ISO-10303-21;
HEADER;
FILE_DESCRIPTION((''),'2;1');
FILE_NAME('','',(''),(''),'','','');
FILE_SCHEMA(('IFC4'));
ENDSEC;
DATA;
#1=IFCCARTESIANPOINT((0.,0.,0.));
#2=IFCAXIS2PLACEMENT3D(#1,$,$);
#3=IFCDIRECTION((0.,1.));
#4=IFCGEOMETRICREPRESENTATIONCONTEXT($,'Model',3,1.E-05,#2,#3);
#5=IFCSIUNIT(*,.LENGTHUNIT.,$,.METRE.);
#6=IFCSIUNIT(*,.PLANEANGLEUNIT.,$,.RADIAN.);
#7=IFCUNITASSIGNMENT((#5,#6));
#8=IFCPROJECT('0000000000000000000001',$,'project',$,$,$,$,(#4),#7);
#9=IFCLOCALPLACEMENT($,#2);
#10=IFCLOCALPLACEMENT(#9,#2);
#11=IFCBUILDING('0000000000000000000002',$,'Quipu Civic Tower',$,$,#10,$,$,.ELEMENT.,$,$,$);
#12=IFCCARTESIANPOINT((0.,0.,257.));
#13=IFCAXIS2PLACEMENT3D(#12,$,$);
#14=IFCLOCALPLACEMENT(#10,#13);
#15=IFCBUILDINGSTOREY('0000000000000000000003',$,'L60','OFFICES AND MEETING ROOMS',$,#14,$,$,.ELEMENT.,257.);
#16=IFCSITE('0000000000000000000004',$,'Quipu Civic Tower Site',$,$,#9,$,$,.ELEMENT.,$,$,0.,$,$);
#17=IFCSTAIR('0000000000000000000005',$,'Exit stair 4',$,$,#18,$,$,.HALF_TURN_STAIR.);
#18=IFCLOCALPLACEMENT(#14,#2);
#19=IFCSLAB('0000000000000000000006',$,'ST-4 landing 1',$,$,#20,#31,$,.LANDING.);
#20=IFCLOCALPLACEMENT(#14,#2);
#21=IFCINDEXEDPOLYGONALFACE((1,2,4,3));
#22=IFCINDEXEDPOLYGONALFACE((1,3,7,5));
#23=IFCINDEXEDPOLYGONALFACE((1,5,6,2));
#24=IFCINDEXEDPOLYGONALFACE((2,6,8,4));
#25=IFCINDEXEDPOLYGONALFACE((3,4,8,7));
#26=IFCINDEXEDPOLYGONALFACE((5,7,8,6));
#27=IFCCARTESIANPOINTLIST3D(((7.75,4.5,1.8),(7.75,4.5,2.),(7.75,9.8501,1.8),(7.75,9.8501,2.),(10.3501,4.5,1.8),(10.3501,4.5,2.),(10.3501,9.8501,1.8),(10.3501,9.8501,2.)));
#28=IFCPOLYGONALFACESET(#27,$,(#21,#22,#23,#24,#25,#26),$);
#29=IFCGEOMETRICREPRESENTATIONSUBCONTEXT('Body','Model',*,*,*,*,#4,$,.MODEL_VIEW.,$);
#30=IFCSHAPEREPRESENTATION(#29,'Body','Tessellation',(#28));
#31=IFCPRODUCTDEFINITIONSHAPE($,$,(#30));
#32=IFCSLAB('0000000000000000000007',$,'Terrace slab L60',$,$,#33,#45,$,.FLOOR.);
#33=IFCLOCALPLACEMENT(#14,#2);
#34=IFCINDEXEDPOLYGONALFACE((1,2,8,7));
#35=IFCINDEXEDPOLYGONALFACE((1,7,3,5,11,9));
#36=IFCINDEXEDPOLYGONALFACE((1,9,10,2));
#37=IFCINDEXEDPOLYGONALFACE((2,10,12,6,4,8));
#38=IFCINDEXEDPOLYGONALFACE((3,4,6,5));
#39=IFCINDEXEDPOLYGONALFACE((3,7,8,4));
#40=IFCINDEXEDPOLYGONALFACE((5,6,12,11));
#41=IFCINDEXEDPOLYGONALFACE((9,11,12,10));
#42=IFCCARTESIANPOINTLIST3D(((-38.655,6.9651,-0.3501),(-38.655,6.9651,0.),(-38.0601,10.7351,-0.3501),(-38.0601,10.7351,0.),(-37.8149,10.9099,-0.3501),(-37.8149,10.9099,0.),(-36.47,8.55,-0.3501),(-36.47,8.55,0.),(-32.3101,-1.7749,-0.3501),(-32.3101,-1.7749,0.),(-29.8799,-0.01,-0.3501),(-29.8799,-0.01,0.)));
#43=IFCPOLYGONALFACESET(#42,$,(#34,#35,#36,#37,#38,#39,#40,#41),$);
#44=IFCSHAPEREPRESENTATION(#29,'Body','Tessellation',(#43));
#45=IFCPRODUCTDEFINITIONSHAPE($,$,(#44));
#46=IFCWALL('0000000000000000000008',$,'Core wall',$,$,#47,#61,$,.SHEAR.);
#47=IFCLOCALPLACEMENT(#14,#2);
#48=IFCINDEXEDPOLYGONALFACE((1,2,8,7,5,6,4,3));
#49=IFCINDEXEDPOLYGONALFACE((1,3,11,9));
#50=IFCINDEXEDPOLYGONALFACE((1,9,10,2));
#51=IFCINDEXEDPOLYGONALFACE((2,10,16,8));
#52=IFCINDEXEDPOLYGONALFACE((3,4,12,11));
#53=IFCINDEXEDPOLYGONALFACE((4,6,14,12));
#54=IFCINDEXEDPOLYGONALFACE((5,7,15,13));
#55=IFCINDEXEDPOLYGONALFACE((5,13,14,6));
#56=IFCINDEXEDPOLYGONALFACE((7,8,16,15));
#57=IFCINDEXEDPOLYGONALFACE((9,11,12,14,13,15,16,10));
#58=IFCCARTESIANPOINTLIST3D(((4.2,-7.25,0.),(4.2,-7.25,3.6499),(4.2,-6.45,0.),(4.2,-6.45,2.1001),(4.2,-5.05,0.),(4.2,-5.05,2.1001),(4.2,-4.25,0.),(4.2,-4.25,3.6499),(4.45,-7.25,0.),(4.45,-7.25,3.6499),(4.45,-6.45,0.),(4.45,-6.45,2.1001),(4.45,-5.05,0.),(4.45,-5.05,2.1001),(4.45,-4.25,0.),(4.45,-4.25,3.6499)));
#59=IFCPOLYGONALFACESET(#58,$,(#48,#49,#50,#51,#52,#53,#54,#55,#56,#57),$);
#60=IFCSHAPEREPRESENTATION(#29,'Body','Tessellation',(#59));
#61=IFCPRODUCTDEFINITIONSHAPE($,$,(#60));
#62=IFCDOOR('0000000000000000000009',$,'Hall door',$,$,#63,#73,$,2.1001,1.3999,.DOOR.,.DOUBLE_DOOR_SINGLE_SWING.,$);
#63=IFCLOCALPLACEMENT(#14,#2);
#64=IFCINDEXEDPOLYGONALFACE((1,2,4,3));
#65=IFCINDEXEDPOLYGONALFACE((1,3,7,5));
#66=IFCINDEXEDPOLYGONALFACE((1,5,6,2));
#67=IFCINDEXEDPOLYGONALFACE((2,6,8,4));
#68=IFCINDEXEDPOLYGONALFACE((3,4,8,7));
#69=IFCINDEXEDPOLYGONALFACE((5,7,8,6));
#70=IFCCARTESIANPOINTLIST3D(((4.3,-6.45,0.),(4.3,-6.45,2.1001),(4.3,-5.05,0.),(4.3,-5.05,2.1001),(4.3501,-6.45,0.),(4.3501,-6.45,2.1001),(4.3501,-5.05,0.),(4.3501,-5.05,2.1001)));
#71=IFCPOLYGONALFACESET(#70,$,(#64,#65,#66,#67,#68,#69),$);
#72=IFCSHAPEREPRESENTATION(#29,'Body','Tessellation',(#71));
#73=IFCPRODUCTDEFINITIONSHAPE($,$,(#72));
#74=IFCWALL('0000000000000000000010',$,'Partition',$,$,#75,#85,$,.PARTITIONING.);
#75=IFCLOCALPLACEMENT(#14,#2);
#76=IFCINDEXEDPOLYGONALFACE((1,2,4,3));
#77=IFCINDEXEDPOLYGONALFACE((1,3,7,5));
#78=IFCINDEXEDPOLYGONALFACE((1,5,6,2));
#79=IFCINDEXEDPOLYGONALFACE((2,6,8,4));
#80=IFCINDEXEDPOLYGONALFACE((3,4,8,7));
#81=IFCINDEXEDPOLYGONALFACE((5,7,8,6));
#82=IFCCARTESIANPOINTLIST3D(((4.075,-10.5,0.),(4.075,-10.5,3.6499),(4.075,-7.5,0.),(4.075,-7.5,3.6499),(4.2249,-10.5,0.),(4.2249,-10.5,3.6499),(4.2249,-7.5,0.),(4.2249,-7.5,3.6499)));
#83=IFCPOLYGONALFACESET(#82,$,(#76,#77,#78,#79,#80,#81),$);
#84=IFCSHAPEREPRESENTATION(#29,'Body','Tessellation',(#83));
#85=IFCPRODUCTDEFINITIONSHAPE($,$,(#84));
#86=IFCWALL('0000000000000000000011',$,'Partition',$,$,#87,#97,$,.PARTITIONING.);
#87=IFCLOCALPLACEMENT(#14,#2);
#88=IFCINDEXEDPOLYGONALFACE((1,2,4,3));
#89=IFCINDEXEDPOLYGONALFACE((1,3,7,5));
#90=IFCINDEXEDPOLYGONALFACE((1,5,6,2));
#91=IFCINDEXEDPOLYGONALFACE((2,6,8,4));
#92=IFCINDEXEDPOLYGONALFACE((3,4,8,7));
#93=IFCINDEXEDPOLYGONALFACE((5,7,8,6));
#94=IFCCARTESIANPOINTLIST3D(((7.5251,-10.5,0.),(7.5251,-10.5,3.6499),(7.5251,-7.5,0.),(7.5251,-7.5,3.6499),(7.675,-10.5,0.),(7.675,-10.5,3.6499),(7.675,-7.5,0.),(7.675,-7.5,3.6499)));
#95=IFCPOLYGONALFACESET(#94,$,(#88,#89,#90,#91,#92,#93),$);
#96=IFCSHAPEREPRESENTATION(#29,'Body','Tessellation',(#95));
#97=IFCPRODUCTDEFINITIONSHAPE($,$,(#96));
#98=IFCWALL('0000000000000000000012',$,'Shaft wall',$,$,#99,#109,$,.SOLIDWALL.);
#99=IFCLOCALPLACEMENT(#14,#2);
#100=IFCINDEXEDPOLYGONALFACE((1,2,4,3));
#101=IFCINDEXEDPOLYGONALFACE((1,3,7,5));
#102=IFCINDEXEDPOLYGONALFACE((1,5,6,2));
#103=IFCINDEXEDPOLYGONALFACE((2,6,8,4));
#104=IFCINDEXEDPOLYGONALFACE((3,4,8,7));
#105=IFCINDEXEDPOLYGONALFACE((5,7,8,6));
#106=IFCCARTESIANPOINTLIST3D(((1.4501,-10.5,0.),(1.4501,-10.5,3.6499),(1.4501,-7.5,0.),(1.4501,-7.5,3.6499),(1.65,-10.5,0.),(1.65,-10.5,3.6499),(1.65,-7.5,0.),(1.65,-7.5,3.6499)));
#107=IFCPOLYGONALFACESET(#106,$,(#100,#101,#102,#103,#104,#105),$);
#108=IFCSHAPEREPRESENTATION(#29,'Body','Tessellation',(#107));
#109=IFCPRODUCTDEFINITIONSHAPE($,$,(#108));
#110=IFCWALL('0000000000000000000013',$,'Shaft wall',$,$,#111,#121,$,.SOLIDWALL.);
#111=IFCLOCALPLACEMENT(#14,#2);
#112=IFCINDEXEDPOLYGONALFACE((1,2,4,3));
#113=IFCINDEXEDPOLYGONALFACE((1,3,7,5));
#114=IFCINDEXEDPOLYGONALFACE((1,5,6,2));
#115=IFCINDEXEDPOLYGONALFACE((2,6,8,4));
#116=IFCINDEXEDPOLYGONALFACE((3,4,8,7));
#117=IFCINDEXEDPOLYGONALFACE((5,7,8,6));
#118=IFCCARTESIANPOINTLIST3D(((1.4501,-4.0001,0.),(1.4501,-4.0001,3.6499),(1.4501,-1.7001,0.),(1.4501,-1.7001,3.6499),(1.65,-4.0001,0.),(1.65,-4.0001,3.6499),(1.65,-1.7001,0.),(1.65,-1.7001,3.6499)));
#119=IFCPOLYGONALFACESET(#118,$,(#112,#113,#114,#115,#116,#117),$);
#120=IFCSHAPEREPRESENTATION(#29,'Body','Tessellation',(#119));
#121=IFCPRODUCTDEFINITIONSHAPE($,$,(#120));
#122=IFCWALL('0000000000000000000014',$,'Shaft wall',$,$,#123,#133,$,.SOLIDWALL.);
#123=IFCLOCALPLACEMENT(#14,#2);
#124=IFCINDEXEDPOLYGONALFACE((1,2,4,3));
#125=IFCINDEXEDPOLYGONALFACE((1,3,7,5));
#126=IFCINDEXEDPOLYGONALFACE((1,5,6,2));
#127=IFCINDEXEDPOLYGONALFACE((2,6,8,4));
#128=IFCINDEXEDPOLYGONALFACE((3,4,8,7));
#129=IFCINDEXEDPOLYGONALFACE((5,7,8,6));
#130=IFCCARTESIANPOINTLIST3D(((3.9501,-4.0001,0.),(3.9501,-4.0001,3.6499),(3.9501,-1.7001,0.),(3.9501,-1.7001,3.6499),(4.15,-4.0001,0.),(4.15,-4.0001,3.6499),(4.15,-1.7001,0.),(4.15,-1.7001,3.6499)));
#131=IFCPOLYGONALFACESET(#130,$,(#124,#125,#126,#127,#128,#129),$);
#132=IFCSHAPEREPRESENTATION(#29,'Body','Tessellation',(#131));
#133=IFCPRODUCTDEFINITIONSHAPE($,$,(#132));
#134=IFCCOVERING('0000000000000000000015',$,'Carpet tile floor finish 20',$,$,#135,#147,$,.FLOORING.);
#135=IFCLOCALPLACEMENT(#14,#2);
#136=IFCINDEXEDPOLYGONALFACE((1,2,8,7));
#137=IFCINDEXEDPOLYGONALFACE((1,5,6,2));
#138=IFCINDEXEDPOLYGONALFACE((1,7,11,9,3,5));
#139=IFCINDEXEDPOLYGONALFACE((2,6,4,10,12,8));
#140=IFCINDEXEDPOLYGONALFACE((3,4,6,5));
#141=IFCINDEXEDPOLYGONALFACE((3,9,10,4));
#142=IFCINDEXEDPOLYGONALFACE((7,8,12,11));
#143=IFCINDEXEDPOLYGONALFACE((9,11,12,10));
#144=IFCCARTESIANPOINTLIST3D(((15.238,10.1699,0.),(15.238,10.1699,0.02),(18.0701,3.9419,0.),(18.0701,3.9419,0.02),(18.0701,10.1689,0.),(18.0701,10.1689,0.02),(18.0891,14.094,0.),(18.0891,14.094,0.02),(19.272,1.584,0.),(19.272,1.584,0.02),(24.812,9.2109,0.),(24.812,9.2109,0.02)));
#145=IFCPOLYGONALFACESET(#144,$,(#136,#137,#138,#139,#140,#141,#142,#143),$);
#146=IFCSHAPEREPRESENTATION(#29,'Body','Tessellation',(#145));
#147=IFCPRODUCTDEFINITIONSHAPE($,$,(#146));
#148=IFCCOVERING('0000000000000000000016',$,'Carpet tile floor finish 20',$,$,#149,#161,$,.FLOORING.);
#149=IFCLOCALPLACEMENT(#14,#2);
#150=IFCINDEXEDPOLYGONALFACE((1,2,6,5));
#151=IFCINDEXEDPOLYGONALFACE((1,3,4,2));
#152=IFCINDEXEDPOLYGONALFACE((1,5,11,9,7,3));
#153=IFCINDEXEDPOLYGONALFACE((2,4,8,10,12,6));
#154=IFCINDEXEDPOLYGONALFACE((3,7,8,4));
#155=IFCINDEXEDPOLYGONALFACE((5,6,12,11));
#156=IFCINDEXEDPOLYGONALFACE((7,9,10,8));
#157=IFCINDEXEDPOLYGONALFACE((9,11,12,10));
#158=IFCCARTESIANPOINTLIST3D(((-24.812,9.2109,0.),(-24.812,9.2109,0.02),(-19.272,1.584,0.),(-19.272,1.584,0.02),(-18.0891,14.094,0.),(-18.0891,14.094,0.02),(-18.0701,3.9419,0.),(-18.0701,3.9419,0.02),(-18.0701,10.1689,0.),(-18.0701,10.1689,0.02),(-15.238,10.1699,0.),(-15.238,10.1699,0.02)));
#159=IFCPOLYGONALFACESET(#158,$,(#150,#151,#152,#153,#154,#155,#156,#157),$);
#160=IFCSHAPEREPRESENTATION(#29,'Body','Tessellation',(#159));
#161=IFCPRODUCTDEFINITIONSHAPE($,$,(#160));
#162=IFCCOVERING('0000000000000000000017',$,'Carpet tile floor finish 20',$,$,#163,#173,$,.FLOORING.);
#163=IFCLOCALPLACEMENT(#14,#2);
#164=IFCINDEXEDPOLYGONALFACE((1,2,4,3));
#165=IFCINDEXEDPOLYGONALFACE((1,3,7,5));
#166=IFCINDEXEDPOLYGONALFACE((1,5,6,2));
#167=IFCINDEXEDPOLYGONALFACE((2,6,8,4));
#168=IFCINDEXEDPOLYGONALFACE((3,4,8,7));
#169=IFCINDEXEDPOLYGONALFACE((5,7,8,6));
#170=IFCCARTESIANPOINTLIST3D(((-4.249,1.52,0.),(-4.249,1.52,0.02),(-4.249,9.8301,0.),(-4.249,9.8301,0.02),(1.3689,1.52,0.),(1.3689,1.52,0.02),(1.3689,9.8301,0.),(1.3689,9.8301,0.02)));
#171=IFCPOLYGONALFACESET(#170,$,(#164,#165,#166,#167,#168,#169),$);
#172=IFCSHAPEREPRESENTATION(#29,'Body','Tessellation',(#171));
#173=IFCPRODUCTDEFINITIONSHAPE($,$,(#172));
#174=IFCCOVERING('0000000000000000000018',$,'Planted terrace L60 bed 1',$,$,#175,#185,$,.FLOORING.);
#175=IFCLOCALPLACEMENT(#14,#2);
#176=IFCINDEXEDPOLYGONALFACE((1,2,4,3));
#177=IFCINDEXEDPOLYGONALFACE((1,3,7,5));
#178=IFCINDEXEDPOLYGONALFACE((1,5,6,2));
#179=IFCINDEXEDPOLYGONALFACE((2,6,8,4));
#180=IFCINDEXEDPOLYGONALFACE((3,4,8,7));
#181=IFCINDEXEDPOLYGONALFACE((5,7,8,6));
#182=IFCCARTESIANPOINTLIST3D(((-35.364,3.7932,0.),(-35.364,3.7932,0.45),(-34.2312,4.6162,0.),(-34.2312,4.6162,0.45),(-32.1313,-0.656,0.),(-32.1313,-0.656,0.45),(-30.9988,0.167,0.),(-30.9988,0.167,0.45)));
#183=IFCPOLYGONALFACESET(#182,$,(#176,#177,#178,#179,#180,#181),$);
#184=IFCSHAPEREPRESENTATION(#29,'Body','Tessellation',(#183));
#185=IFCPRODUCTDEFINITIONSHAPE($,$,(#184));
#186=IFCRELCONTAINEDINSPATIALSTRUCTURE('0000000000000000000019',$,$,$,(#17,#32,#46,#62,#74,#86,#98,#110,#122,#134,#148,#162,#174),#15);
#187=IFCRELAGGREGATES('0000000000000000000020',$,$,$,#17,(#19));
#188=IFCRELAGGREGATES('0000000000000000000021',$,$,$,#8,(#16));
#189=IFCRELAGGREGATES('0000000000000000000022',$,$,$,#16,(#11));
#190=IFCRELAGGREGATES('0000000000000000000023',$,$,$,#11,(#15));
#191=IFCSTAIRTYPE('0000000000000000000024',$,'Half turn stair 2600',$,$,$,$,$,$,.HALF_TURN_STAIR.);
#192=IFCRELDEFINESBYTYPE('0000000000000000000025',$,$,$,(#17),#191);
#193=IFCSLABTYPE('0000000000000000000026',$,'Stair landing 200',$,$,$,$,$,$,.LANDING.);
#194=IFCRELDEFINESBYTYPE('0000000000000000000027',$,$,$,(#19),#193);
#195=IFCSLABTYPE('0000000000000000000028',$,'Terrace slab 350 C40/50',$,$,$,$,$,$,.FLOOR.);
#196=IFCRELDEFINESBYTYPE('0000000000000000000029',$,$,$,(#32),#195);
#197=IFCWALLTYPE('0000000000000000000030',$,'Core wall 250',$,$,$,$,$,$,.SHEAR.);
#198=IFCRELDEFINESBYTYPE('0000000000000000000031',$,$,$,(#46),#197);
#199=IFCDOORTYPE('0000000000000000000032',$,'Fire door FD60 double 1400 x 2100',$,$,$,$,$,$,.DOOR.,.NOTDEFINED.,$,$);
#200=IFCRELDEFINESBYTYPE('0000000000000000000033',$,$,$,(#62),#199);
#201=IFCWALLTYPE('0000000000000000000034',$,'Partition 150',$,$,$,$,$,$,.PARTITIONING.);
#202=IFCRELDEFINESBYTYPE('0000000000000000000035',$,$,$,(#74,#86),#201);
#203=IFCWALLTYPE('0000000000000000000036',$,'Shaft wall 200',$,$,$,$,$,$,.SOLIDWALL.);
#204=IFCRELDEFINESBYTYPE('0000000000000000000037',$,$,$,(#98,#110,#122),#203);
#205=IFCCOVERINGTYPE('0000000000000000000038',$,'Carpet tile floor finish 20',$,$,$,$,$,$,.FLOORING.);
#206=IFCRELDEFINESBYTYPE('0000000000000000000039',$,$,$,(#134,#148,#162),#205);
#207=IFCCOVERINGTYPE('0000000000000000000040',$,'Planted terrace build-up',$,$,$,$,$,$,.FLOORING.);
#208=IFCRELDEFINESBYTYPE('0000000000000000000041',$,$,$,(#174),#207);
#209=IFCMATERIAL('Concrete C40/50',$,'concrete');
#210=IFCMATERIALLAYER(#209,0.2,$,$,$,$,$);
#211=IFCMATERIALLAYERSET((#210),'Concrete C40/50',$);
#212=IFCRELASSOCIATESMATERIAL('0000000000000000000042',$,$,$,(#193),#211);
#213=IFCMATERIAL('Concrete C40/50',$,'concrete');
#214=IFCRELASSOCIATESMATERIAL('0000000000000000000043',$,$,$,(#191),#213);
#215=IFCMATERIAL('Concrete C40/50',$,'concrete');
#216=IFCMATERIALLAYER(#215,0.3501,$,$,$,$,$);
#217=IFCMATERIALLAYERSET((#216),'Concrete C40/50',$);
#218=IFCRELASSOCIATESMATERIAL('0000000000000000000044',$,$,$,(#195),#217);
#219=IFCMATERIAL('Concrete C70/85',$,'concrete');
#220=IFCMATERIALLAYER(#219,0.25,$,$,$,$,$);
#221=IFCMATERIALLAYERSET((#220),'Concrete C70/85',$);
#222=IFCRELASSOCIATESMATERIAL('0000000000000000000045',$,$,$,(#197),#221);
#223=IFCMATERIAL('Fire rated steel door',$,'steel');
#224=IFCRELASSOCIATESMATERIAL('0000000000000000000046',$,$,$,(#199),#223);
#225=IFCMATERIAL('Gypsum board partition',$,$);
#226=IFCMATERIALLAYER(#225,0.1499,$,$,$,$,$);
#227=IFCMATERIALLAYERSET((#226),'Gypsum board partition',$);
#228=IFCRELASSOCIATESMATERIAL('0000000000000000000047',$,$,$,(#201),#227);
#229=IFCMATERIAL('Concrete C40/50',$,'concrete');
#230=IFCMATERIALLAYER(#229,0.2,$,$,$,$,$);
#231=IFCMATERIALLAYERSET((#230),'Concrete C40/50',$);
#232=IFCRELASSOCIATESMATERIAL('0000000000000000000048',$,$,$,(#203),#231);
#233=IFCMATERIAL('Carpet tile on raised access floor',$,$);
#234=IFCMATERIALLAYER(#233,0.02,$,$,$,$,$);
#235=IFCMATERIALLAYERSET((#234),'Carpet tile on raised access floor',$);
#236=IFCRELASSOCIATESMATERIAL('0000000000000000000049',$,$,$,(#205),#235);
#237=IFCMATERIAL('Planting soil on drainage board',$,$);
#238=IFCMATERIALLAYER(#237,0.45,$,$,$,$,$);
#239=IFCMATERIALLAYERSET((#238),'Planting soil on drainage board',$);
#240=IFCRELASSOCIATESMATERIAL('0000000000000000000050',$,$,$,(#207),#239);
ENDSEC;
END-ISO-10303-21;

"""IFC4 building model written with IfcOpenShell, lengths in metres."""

from ifc_helpers import new_model, si_unit, direction, frame, frame_2d, origin, place, context, subcontext, project, spatial, polyline, rectangle, outline, extrude, material, layer, layer_set, type_object, element, fill, aggregate, save


model = new_model("IFC4")

# Units and contexts
model_context = context("Model", 3, precision=1e-05, world=origin(), true_north=direction((0.0, 1.0)))
body_context = subcontext(model_context, "Body", "Model", "MODEL_VIEW")
ifc_project = project(units=[si_unit("LENGTHUNIT", "METRE"), si_unit("PLANEANGLEUNIT", "RADIAN")], contexts=[model_context])

# Site, building, storey
site_placement = place(None, origin())
site = spatial("IfcSite", under=ifc_project, at=site_placement, Name="Quipu Civic Tower Site", CompositionType="ELEMENT", RefElevation=0.0)
building_placement = place(site_placement, origin())
building = spatial("IfcBuilding", under=site, at=building_placement, Name="Quipu Civic Tower", CompositionType="ELEMENT")
storey_placement = place(building_placement, frame((0.0, 0.0, 257.0)))
storey = spatial("IfcBuildingStorey", under=building, at=storey_placement, Name="L60", Description="OFFICES AND MEETING ROOMS", CompositionType="ELEMENT", Elevation=257.0)

# Stair, slab
ifc_material_1 = material(Name="Concrete C40/50", Category="concrete")
ifc_layer_1 = layer(ifc_material_1, 0.2)
ifc_layer_set_1 = layer_set([ifc_layer_1], Name="Concrete C40/50")
slab_type_1 = type_object("IfcSlabType", Name="Stair landing 200", PredefinedType="LANDING", material=ifc_layer_set_1)
ifc_material_2 = material(Name="Concrete C40/50", Category="concrete")
stair_type_1 = type_object("IfcStairType", Name="Half turn stair 2600", PredefinedType="HALF_TURN_STAIR", material=ifc_material_2)
stair_1_placement = place(storey_placement, origin())
stair_1 = element("IfcStair", 1, at=stair_1_placement, inside=storey, type_object=stair_type_1, Name="Exit stair 4", PredefinedType="HALF_TURN_STAIR")
slab_1_placement = place(storey_placement, frame((0.0, 0.0, 1.8)))
slab_1 = element("IfcSlab", 2, at=slab_1_placement, type_object=slab_type_1, Name="ST-4 landing 1", PredefinedType="LANDING", context=body_context, shape_type="SweptSolid", body=[
    extrude(outline(polyline([(10.3501, 9.8501), (7.75, 9.8501), (7.75, 4.5), (10.3501, 4.5), (10.3501, 9.8501)])), origin(), (0.0, 0.0, 1.0), 0.2),
])
aggregate(stair_1, [slab_1])

# Slab
ifc_material_3 = material(Name="Concrete C40/50", Category="concrete")
ifc_layer_2 = layer(ifc_material_3, 0.3501)
ifc_layer_set_2 = layer_set([ifc_layer_2], Name="Concrete C40/50")
slab_type_2 = type_object("IfcSlabType", Name="Terrace slab 350 C40/50", PredefinedType="FLOOR", material=ifc_layer_set_2)
slab_2_placement = place(storey_placement, frame((0.0, 0.0, -0.3501)))
element("IfcSlab", 3, at=slab_2_placement, inside=storey, type_object=slab_type_2, Name="Terrace slab L60", PredefinedType="FLOOR", context=body_context, shape_type="SweptSolid", body=[
    extrude(outline(polyline([(-36.47, 8.55), (-38.0601, 10.7351), (-37.8149, 10.9099), (-29.8799, -0.01), (-32.3101, -1.7749), (-38.655, 6.9651), (-36.47, 8.55)])), origin(), (0.0, 0.0, 1.0), 0.3501),
])

# Wall, opening, door
ifc_material_4 = material(Name="Concrete C70/85", Category="concrete")
ifc_layer_3 = layer(ifc_material_4, 0.25)
ifc_layer_set_3 = layer_set([ifc_layer_3], Name="Concrete C70/85")
wall_type_1 = type_object("IfcWallType", Name="Core wall 250", PredefinedType="SHEAR", material=ifc_layer_set_3)
wall_1_placement = place(storey_placement, frame((4.325, -7.25, 0.0), z_axis=(0.0, 0.0, 1.0), x_axis=(0.0, 1.0, 0.0)))
wall_1 = element("IfcWall", 4, at=wall_1_placement, inside=storey, type_object=wall_type_1, Name="Core wall", PredefinedType="SHEAR", context=body_context, shape_type="SweptSolid", body=[
    extrude(rectangle(XDim=3.0, YDim=0.25, at=frame_2d((1.5, 0.0))), origin(), (0.0, 0.0, 1.0), 3.6499),
])
opening_placement = place(wall_1_placement, frame((0.8, 0.0, 0.0)))
opening = element("IfcOpeningElement", 5, at=opening_placement, cuts=wall_1, PredefinedType="OPENING", context=body_context, shape_type="SweptSolid", body=[
    extrude(rectangle(XDim=1.3999, YDim=2.1001, at=frame_2d((0.7, 1.05))), frame((0.0, 0.135, 0.0), z_axis=(0.0, -1.0, 0.0), x_axis=(1.0, 0.0, 0.0)), (0.0, 0.0, 1.0), 0.27),
])
ifc_material_5 = material(Name="Fire rated steel door", Category="steel")
door_type = type_object("IfcDoorType", Name="Fire door FD60 double 1400 x 2100", OperationType="NOTDEFINED", PredefinedType="DOOR", material=ifc_material_5)
door_placement = place(opening_placement, origin())
door = element("IfcDoor", 6, at=door_placement, inside=storey, type_object=door_type, Name="Hall door", OperationType="DOUBLE_DOOR_SINGLE_SWING", OverallHeight=2.1001, OverallWidth=1.3999, PredefinedType="DOOR", context=body_context, shape_type="SweptSolid", body=[
    extrude(rectangle(XDim=1.3999, YDim=2.1001, at=frame_2d((0.7, 1.05))), frame((0.0, 0.0249, 0.0), z_axis=(0.0, -1.0, 0.0), x_axis=(1.0, 0.0, 0.0)), (0.0, 0.0, 1.0), 0.05),
])
fill(opening, door)

# Walls
ifc_material_6 = material(Name="Gypsum board partition")
ifc_layer_4 = layer(ifc_material_6, 0.1499)
ifc_layer_set_4 = layer_set([ifc_layer_4], Name="Gypsum board partition")
wall_type_2 = type_object("IfcWallType", Name="Partition 150", PredefinedType="PARTITIONING", material=ifc_layer_set_4)
for number, where, z_axis, x_axis, name in (
    (7, (4.1499, -10.5, 0.0), (0.0, 0.0, 1.0), (0.0, 1.0, 0.0), "Partition"),
    (8, (7.6001, -10.5, 0.0), (0.0, 0.0, 1.0), (0.0, 1.0, 0.0), "Partition"),
):
    element("IfcWall", number, at=place(storey_placement, frame(where, z_axis=z_axis, x_axis=x_axis)), inside=storey, type_object=wall_type_2, Name=name, PredefinedType="PARTITIONING", context=body_context, shape_type="SweptSolid", body=[
        extrude(rectangle(XDim=3.0, YDim=0.1499, at=frame_2d((1.5, 0.0))), origin(), (0.0, 0.0, 1.0), 3.6499),
    ])
ifc_material_7 = material(Name="Concrete C40/50", Category="concrete")
ifc_layer_5 = layer(ifc_material_7, 0.2)
ifc_layer_set_5 = layer_set([ifc_layer_5], Name="Concrete C40/50")
wall_type_3 = type_object("IfcWallType", Name="Shaft wall 200", PredefinedType="SOLIDWALL", material=ifc_layer_set_5)
wall_2_placement = place(storey_placement, frame((1.55, -10.5, 0.0), z_axis=(0.0, 0.0, 1.0), x_axis=(0.0, 1.0, 0.0)))
element("IfcWall", 9, at=wall_2_placement, inside=storey, type_object=wall_type_3, Name="Shaft wall", PredefinedType="SOLIDWALL", context=body_context, shape_type="SweptSolid", body=[
    extrude(rectangle(XDim=3.0, YDim=0.2, at=frame_2d((1.5, 0.0))), origin(), (0.0, 0.0, 1.0), 3.6499),
])
for number, where, z_axis, x_axis, name in (
    (10, (1.55, -4.0, 0.0), (0.0, 0.0, 1.0), (0.0, 1.0, 0.0), "Shaft wall"),
    (11, (4.05, -4.0, 0.0), (0.0, 0.0, 1.0), (0.0, 1.0, 0.0), "Shaft wall"),
):
    element("IfcWall", number, at=place(storey_placement, frame(where, z_axis=z_axis, x_axis=x_axis)), inside=storey, type_object=wall_type_3, Name=name, PredefinedType="SOLIDWALL", context=body_context, shape_type="SweptSolid", body=[
        extrude(rectangle(XDim=2.3, YDim=0.2, at=frame_2d((1.1499, 0.0))), origin(), (0.0, 0.0, 1.0), 3.6499),
    ])

# Coverings
ifc_material_8 = material(Name="Carpet tile on raised access floor")
ifc_layer_6 = layer(ifc_material_8, 0.02)
ifc_layer_set_6 = layer_set([ifc_layer_6], Name="Carpet tile on raised access floor")
covering_type_1 = type_object("IfcCoveringType", Name="Carpet tile floor finish 20", PredefinedType="FLOORING", material=ifc_layer_set_6)
covering_1_placement = place(storey_placement, origin())
element("IfcCovering", 12, at=covering_1_placement, inside=storey, type_object=covering_type_1, Name="Carpet tile floor finish 20", PredefinedType="FLOORING", context=body_context, shape_type="SweptSolid", body=[
    extrude(outline(polyline([(15.238, 10.1699), (18.0891, 14.094), (24.812, 9.2109), (19.272, 1.584), (18.0701, 3.9419), (18.0701, 10.1689), (15.238, 10.1699)])), origin(), (0.0, 0.0, 1.0), 0.02),
])
covering_2_placement = place(storey_placement, origin())
element("IfcCovering", 13, at=covering_2_placement, inside=storey, type_object=covering_type_1, Name="Carpet tile floor finish 20", PredefinedType="FLOORING", context=body_context, shape_type="SweptSolid", body=[
    extrude(outline(polyline([(-24.812, 9.2109), (-18.0891, 14.094), (-15.238, 10.1699), (-18.0701, 10.1689), (-18.0701, 3.9419), (-19.272, 1.584), (-24.812, 9.2109)])), origin(), (0.0, 0.0, 1.0), 0.02),
])
covering_3_placement = place(storey_placement, origin())
element("IfcCovering", 14, at=covering_3_placement, inside=storey, type_object=covering_type_1, Name="Carpet tile floor finish 20", PredefinedType="FLOORING", context=body_context, shape_type="SweptSolid", body=[
    extrude(outline(polyline([(-4.249, 9.8301), (1.3689, 9.8301), (1.3689, 1.52), (-4.249, 1.52), (-4.249, 9.8301)])), origin(), (0.0, 0.0, 1.0), 0.02),
])
ifc_material_9 = material(Name="Planting soil on drainage board")
ifc_layer_7 = layer(ifc_material_9, 0.45)
ifc_layer_set_7 = layer_set([ifc_layer_7], Name="Planting soil on drainage board")
covering_type_2 = type_object("IfcCoveringType", Name="Planted terrace build-up", PredefinedType="FLOORING", material=ifc_layer_set_7)
covering_4_placement = place(storey_placement, origin())
element("IfcCovering", 15, at=covering_4_placement, inside=storey, type_object=covering_type_2, Name="Planted terrace L60 bed 1", PredefinedType="FLOORING", context=body_context, shape_type="SweptSolid", body=[
    extrude(outline(polyline([(-30.9988, 0.167), (-32.1313, -0.656), (-35.364, 3.7932), (-34.2312, 4.6162), (-30.9988, 0.167)])), origin(), (0.0, 0.0, 1.0), 0.45),
])

save(model, "model.ifc")
